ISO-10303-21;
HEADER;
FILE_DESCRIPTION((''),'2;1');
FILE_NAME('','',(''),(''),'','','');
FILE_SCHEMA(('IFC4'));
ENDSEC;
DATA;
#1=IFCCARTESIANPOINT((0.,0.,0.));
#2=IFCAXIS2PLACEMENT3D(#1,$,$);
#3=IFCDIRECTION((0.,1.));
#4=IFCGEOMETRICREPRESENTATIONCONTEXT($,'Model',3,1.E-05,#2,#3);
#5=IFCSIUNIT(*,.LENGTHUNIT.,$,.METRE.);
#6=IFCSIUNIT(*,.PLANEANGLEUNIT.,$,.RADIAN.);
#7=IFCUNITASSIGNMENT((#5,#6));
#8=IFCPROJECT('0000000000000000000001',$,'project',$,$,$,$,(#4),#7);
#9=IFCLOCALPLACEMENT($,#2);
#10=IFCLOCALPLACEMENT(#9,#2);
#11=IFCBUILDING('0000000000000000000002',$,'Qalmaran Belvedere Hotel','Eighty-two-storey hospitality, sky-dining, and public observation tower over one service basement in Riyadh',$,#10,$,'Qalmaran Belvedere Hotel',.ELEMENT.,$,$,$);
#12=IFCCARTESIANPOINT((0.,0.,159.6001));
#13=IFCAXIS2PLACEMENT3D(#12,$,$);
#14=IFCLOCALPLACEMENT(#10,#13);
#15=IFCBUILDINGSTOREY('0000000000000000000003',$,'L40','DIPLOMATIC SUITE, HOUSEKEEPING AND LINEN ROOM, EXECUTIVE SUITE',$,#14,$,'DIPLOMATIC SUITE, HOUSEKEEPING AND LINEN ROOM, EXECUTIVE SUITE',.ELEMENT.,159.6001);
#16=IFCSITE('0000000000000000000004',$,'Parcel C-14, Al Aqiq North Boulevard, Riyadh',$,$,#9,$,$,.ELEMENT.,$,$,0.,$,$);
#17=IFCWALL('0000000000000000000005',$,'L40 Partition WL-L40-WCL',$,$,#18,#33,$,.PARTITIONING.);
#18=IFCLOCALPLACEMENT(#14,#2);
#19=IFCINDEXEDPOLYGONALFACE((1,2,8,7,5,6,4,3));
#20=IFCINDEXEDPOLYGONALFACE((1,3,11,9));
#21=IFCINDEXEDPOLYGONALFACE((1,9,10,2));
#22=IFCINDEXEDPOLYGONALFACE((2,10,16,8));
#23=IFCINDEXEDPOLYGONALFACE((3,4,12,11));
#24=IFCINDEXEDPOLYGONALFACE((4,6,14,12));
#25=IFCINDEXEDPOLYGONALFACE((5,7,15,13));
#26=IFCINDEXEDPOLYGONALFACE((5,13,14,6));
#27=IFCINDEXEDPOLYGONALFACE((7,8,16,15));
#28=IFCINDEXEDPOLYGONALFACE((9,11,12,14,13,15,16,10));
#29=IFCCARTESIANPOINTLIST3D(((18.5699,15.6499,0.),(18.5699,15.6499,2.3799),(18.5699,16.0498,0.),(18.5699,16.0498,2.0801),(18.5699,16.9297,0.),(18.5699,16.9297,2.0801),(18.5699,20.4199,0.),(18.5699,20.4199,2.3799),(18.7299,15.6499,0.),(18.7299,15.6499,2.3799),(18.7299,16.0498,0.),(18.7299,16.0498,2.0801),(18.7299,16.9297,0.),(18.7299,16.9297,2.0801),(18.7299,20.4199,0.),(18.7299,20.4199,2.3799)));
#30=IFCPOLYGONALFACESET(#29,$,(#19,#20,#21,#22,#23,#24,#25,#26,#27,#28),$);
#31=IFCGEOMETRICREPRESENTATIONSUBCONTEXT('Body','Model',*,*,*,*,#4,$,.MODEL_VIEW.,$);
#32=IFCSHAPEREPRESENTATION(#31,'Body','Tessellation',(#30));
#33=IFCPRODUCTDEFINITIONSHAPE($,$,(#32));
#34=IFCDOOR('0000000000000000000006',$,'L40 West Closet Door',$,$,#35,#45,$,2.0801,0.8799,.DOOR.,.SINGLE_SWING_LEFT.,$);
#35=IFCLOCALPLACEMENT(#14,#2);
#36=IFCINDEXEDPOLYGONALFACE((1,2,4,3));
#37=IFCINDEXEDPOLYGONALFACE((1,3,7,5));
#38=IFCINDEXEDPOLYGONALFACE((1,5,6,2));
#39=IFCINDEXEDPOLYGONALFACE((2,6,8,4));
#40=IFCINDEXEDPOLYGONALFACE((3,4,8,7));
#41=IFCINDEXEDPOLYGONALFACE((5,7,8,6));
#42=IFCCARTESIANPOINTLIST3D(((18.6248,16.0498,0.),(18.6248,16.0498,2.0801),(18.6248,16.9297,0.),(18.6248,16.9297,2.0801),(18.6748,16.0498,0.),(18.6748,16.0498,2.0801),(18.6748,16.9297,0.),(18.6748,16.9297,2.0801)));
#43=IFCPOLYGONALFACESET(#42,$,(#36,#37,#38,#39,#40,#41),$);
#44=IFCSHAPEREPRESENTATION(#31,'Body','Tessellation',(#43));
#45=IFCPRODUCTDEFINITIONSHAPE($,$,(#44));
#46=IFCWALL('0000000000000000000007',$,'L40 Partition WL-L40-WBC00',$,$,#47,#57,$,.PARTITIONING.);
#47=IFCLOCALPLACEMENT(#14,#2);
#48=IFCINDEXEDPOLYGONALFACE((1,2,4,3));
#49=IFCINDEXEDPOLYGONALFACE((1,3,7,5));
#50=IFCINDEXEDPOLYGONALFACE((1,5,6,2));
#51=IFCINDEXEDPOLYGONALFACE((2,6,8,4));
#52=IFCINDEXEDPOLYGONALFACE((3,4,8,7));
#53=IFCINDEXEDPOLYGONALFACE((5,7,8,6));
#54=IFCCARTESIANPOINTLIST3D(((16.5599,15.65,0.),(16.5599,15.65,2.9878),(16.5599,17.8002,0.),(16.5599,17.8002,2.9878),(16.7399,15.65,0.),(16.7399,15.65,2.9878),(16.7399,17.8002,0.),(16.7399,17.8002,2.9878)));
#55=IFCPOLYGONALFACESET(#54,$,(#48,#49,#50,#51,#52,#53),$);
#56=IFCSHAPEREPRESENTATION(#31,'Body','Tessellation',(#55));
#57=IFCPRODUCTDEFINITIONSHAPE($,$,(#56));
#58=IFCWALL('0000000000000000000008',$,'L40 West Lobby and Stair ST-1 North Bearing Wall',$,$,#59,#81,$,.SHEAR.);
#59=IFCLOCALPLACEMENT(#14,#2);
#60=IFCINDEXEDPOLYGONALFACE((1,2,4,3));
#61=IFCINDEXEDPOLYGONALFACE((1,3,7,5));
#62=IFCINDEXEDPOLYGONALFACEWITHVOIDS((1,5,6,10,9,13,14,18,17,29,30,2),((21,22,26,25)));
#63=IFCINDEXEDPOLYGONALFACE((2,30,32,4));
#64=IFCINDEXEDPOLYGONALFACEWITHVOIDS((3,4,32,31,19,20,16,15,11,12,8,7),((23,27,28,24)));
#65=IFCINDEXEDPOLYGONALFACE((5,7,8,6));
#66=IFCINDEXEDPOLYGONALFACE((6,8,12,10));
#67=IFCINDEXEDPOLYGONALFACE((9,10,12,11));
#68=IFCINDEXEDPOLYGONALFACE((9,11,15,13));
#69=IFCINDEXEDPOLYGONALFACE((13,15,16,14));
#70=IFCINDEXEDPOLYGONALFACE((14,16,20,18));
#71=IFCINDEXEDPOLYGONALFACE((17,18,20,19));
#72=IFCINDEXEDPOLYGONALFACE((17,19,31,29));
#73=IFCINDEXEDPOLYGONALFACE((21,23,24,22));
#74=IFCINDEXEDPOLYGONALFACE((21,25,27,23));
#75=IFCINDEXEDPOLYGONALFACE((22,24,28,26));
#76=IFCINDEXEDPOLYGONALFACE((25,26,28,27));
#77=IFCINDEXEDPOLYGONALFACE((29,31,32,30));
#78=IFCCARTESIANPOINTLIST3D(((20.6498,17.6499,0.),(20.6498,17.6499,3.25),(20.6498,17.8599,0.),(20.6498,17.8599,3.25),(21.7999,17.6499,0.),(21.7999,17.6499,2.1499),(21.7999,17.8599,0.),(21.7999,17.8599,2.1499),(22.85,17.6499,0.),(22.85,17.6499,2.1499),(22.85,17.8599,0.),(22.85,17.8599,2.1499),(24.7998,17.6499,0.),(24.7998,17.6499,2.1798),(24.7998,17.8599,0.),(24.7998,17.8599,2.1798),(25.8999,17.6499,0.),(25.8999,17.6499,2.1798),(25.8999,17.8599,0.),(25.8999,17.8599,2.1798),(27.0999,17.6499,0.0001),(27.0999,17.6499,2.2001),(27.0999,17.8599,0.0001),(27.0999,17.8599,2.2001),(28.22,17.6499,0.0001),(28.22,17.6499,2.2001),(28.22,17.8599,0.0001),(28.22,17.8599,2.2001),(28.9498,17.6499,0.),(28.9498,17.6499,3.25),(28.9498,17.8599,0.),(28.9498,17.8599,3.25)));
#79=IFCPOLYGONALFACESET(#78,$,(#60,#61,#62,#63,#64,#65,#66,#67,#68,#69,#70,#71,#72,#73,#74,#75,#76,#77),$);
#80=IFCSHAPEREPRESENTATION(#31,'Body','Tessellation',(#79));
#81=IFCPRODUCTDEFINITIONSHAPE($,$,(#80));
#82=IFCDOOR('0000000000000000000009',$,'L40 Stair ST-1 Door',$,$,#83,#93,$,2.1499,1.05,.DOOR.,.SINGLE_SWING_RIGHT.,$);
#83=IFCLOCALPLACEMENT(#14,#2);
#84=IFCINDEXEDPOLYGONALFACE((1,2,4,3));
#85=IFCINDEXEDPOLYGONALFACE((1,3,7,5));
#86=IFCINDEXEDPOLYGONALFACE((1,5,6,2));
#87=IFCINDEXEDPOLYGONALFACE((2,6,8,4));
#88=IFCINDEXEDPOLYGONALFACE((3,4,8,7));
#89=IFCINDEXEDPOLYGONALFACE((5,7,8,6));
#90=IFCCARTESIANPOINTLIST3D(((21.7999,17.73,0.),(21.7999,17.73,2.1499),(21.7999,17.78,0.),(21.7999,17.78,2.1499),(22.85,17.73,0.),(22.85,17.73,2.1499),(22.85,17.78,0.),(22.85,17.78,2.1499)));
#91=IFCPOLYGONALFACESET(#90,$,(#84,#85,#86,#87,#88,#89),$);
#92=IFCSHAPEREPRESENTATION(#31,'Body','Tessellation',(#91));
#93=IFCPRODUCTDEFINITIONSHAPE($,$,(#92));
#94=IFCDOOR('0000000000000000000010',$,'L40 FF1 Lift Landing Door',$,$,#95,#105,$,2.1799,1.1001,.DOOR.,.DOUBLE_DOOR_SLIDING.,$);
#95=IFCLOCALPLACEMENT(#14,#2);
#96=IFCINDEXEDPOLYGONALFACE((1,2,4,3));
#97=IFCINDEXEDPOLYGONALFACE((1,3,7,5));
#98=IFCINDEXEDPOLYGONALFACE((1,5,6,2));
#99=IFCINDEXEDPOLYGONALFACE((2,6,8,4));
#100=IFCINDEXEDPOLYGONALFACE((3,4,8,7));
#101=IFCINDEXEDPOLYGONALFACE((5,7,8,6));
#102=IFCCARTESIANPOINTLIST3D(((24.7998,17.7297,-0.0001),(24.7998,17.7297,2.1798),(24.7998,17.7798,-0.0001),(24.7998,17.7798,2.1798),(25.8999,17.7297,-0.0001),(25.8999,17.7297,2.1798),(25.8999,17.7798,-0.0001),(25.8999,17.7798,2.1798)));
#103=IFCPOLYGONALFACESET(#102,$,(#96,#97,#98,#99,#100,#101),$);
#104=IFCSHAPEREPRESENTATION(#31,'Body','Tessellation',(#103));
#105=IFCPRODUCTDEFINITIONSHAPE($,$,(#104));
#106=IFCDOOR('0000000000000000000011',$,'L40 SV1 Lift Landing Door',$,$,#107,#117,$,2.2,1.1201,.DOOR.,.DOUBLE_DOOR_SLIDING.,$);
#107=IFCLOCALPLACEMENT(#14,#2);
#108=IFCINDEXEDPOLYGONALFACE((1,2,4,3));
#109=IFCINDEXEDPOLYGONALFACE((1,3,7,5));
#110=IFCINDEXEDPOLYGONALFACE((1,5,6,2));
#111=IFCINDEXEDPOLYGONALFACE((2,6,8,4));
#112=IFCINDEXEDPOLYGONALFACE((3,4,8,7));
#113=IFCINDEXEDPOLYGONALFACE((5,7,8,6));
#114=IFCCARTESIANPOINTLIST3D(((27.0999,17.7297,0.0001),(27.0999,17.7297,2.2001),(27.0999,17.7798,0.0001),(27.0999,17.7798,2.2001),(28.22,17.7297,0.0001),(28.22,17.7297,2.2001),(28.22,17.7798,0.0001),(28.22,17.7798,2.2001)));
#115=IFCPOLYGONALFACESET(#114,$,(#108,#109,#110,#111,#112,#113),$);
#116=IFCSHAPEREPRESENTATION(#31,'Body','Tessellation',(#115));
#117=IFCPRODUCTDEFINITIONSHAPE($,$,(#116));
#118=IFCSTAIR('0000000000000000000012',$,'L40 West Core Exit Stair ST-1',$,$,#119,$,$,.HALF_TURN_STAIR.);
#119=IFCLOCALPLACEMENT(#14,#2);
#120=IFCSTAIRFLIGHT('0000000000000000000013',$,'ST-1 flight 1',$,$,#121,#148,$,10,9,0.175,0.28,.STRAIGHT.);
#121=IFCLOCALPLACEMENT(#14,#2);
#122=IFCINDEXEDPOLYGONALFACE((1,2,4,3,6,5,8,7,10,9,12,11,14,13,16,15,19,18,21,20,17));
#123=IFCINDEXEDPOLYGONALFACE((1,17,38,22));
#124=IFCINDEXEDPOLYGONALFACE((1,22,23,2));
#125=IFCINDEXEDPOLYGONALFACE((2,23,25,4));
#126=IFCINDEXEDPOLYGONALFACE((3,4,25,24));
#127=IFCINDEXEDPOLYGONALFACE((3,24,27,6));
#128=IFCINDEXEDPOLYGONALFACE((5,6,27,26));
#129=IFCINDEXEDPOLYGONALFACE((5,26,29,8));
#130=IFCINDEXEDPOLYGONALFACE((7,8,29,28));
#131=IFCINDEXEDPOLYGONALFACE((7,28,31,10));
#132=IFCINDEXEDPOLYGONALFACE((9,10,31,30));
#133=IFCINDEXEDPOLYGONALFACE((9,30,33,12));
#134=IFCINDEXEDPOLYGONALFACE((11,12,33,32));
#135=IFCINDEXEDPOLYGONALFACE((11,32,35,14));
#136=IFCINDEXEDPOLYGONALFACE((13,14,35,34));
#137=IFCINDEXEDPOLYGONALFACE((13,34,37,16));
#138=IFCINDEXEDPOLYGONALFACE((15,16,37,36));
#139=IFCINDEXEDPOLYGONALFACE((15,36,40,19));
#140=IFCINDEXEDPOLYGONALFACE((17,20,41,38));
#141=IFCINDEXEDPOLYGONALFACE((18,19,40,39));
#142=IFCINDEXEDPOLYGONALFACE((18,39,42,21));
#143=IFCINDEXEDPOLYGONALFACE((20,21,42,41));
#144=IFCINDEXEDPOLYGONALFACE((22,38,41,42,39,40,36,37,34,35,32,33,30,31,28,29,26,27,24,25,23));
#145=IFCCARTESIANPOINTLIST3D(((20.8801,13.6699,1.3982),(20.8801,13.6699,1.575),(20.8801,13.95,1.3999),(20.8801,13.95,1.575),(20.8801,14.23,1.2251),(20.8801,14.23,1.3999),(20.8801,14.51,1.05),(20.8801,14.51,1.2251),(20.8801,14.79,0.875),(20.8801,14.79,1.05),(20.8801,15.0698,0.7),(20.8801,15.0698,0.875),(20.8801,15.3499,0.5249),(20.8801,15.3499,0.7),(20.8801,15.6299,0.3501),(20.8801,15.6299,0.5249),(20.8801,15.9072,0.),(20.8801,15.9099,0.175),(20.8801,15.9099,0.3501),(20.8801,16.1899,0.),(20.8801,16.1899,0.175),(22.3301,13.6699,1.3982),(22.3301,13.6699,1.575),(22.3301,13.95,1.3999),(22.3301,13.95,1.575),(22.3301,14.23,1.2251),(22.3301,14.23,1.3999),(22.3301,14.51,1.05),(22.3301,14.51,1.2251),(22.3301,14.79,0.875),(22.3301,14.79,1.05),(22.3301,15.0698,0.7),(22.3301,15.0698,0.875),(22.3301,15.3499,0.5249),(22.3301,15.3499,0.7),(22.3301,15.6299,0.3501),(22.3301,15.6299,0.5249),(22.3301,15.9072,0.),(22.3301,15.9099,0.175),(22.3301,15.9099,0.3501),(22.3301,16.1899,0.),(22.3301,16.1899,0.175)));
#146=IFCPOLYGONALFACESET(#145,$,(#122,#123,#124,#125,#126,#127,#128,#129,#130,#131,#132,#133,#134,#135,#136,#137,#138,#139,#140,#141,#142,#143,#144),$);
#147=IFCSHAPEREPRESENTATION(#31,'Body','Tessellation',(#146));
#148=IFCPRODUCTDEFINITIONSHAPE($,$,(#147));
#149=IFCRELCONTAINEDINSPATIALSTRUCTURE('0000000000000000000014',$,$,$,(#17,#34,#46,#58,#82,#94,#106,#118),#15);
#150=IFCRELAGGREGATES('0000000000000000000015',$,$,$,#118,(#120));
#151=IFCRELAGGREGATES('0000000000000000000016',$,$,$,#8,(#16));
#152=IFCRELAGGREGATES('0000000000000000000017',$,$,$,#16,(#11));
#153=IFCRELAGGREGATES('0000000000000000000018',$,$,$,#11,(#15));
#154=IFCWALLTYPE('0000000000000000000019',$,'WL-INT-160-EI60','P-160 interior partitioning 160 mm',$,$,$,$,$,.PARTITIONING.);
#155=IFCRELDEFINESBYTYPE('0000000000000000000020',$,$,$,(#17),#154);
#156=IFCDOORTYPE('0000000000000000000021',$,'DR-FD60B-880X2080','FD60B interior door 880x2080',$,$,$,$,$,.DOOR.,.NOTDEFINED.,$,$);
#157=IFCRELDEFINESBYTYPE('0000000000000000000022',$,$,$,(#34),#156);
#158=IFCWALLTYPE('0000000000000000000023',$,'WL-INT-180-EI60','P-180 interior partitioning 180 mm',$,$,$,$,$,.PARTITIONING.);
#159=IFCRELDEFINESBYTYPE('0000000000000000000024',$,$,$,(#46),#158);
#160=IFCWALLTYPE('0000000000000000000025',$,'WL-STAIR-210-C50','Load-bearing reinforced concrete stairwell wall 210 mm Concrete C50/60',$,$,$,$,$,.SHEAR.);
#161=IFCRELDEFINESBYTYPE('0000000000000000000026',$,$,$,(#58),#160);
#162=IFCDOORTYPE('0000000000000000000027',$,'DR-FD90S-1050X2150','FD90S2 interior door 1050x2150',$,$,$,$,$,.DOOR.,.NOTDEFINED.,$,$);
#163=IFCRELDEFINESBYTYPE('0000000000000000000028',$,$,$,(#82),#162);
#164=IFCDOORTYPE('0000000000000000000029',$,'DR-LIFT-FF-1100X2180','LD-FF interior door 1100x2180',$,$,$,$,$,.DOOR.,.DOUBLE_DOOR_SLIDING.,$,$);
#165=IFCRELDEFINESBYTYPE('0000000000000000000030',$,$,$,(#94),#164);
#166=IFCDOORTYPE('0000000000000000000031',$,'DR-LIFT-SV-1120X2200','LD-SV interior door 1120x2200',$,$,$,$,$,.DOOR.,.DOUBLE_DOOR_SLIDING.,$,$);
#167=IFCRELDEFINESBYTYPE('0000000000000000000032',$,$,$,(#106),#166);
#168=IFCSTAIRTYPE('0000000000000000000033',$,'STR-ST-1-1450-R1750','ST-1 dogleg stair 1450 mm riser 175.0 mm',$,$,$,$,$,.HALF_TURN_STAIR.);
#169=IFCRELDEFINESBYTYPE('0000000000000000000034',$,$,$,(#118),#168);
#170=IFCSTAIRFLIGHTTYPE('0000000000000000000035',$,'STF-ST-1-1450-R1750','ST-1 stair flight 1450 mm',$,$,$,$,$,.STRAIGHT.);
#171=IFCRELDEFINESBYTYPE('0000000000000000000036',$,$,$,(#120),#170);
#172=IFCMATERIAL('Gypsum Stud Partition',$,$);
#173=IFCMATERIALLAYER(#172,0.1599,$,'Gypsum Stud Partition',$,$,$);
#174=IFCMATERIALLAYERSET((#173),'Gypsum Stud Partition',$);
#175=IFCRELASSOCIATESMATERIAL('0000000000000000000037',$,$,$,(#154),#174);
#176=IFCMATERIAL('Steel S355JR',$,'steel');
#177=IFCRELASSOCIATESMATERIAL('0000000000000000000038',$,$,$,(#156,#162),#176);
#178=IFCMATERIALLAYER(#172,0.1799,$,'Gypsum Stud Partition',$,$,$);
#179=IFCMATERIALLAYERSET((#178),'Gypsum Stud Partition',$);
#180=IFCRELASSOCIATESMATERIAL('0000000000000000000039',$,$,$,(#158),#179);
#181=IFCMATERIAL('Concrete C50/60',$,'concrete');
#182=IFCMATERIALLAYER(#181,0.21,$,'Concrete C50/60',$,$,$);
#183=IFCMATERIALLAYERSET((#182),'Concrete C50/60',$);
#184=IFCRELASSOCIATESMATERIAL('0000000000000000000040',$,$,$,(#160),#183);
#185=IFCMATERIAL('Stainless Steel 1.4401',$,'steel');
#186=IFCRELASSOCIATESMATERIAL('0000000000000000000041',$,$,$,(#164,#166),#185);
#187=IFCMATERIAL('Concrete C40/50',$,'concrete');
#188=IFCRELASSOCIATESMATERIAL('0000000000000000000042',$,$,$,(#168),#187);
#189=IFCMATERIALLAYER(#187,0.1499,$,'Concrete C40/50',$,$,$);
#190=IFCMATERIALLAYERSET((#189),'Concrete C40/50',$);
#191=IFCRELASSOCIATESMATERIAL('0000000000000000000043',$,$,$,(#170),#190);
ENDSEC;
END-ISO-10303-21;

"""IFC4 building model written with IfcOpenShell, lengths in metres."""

from ifc_helpers import new_model, si_unit, direction, frame, frame_2d, origin, place, context, subcontext, project, spatial, polyline, rectangle, outline, extrude, material, layer, layer_set, type_object, element, fill, aggregate, save


model = new_model("IFC4")

# Units and contexts
model_context = context("Model", 3, precision=1e-05, world=origin(), true_north=direction((0.0, 1.0)))
body_context = subcontext(model_context, "Body", "Model", "MODEL_VIEW")
ifc_project = project(units=[si_unit("LENGTHUNIT", "METRE"), si_unit("PLANEANGLEUNIT", "RADIAN")], contexts=[model_context])

# Site, building, storey
site_placement = place(None, origin())
site = spatial("IfcSite", under=ifc_project, at=site_placement, Name="Parcel C-14, Al Aqiq North Boulevard, Riyadh", CompositionType="ELEMENT", RefElevation=0.0)
building_placement = place(site_placement, origin())
building = spatial("IfcBuilding", under=site, at=building_placement, Name="Qalmaran Belvedere Hotel", Description="Eighty-two-storey hospitality, sky-dining, and public observation tower over one service basement in Riyadh", LongName="Qalmaran Belvedere Hotel", CompositionType="ELEMENT")
storey_placement = place(building_placement, frame((0.0, 0.0, 159.6001)))
storey = spatial("IfcBuildingStorey", under=building, at=storey_placement, Name="L40", Description="DIPLOMATIC SUITE, HOUSEKEEPING AND LINEN ROOM, EXECUTIVE SUITE", LongName="DIPLOMATIC SUITE, HOUSEKEEPING AND LINEN ROOM, EXECUTIVE SUITE", CompositionType="ELEMENT", Elevation=159.6001)

# Shared definitions
ifc_material_1 = material(Name="Gypsum Stud Partition")

# Wall, opening, door
ifc_layer_1 = layer(ifc_material_1, 0.1599, Name="Gypsum Stud Partition")
ifc_layer_set_1 = layer_set([ifc_layer_1], Name="Gypsum Stud Partition")
wall_type_1 = type_object("IfcWallType", Name="WL-INT-160-EI60", Description="P-160 interior partitioning 160 mm", PredefinedType="PARTITIONING", material=ifc_layer_set_1)
ifc_material_2 = material(Name="Steel S355JR", Category="steel")
door_type_1 = type_object("IfcDoorType", Name="DR-FD60B-880X2080", Description="FD60B interior door 880x2080", OperationType="NOTDEFINED", PredefinedType="DOOR", material=ifc_material_2)
wall_1_placement = place(storey_placement, frame((18.6499, 15.6499, 0.0), z_axis=(0.0, 0.0, 1.0), x_axis=(0.0, 1.0, 0.0)))
wall_1 = element("IfcWall", 1, at=wall_1_placement, inside=storey, type_object=wall_type_1, Name="L40 Partition WL-L40-WCL", PredefinedType="PARTITIONING", context=body_context, shape_type="SweptSolid", body=[
    extrude(rectangle(XDim=4.77, YDim=0.1599, at=frame_2d((2.385, 0.0))), origin(), (0.0, 0.0, 1.0), 2.3799),
])
opening_1_placement = place(wall_1_placement, frame((1.2798, 0.0, 0.0), z_axis=(0.0, 0.0, 1.0), x_axis=(-1.0, 0.0, 0.0)))
opening_1 = element("IfcOpeningElement", 2, at=opening_1_placement, cuts=wall_1, PredefinedType="OPENING", context=body_context, shape_type="SweptSolid", body=[
    extrude(rectangle(XDim=0.8799, YDim=2.0801, at=frame_2d((0.4399, 1.04))), frame((0.0, 0.0898, 0.0), z_axis=(0.0, -1.0, 0.0), x_axis=(1.0, 0.0, 0.0)), (0.0, 0.0, 1.0), 0.1799),
])
door_1_placement = place(opening_1_placement, origin())
door_1 = element("IfcDoor", 3, at=door_1_placement, inside=storey, type_object=door_type_1, Name="L40 West Closet Door", OperationType="SINGLE_SWING_LEFT", OverallHeight=2.0801, OverallWidth=0.8799, PredefinedType="DOOR", context=body_context, shape_type="SweptSolid", body=[
    extrude(rectangle(XDim=0.8799, YDim=2.0801, at=frame_2d((0.4399, 1.04))), frame((0.0, 0.0249, 0.0), z_axis=(0.0, -1.0, 0.0), x_axis=(1.0, 0.0, 0.0)), (0.0, 0.0, 1.0), 0.05),
])
fill(opening_1, door_1)

# Wall
ifc_layer_2 = layer(ifc_material_1, 0.1799, Name="Gypsum Stud Partition")
ifc_layer_set_2 = layer_set([ifc_layer_2], Name="Gypsum Stud Partition")
wall_type_2 = type_object("IfcWallType", Name="WL-INT-180-EI60", Description="P-180 interior partitioning 180 mm", PredefinedType="PARTITIONING", material=ifc_layer_set_2)
wall_2_placement = place(storey_placement, frame((16.6499, 15.6499, 0.0), z_axis=(0.0, 0.0, 1.0), x_axis=(0.0, 1.0, 0.0)))
element("IfcWall", 4, at=wall_2_placement, inside=storey, type_object=wall_type_2, Name="L40 Partition WL-L40-WBC00", PredefinedType="PARTITIONING", context=body_context, shape_type="SweptSolid", body=[
    extrude(rectangle(XDim=2.1501, YDim=0.1799, at=frame_2d((1.0752, 0.0))), origin(), (0.0, 0.0, 1.0), 2.9878),
])

# Wall, openings, doors
ifc_material_3 = material(Name="Concrete C50/60", Category="concrete")
ifc_layer_3 = layer(ifc_material_3, 0.21, Name="Concrete C50/60")
ifc_layer_set_3 = layer_set([ifc_layer_3], Name="Concrete C50/60")
wall_type_3 = type_object("IfcWallType", Name="WL-STAIR-210-C50", Description="Load-bearing reinforced concrete stairwell wall 210 mm Concrete C50/60", PredefinedType="SHEAR", material=ifc_layer_set_3)
wall_3_placement = place(storey_placement, frame((20.6499, 17.7549, 0.0), z_axis=(0.0, 0.0, 1.0), x_axis=(1.0, 0.0, 0.0)))
wall_3 = element("IfcWall", 5, at=wall_3_placement, inside=storey, type_object=wall_type_3, Name="L40 West Lobby and Stair ST-1 North Bearing Wall", PredefinedType="SHEAR", context=body_context, shape_type="SweptSolid", body=[
    extrude(rectangle(XDim=8.3, YDim=0.21, at=frame_2d((4.1499, 0.0))), origin(), (0.0, 0.0, 1.0), 3.25),
])
opening_2_placement = place(wall_3_placement, frame((2.2, 0.0, 0.0), z_axis=(0.0, 0.0, 1.0), x_axis=(-1.0, 0.0, 0.0)))
opening_2 = element("IfcOpeningElement", 6, at=opening_2_placement, cuts=wall_3, PredefinedType="OPENING", context=body_context, shape_type="SweptSolid", body=[
    extrude(rectangle(XDim=1.05, YDim=2.1499, at=frame_2d((0.5249, 1.075))), frame((0.0, 0.115, 0.0), z_axis=(0.0, -1.0, 0.0), x_axis=(1.0, 0.0, 0.0)), (0.0, 0.0, 1.0), 0.23),
])
opening_3_placement = place(wall_3_placement, frame((4.1499, 0.0, 0.0)))
opening_3 = element("IfcOpeningElement", 7, at=opening_3_placement, cuts=wall_3, PredefinedType="OPENING", context=body_context, shape_type="SweptSolid", body=[
    extrude(rectangle(XDim=1.1001, YDim=2.1799, at=frame_2d((0.55, 1.0898))), frame((0.0, 0.115, 0.0), z_axis=(0.0, -1.0, 0.0), x_axis=(1.0, 0.0, 0.0)), (0.0, 0.0, 1.0), 0.23),
])
opening_4_placement = place(wall_3_placement, frame((6.45, 0.0, 0.0)))
opening_4 = element("IfcOpeningElement", 8, at=opening_4_placement, cuts=wall_3, PredefinedType="OPENING", context=body_context, shape_type="SweptSolid", body=[
    extrude(rectangle(XDim=1.1201, YDim=2.2, at=frame_2d((0.5601, 1.1001))), frame((0.0, 0.115, 0.0), z_axis=(0.0, -1.0, 0.0), x_axis=(1.0, 0.0, 0.0)), (0.0, 0.0, 1.0), 0.23),
])
door_type_2 = type_object("IfcDoorType", Name="DR-FD90S-1050X2150", Description="FD90S2 interior door 1050x2150", OperationType="NOTDEFINED", PredefinedType="DOOR", material=ifc_material_2)
door_2_placement = place(opening_2_placement, origin())
door_2 = element("IfcDoor", 9, at=door_2_placement, inside=storey, type_object=door_type_2, Name="L40 Stair ST-1 Door", OperationType="SINGLE_SWING_RIGHT", OverallHeight=2.1499, OverallWidth=1.05, PredefinedType="DOOR", context=body_context, shape_type="SweptSolid", body=[
    extrude(rectangle(XDim=1.05, YDim=2.1499, at=frame_2d((0.5249, 1.075))), frame((0.0, 0.0249, 0.0), z_axis=(0.0, -1.0, 0.0), x_axis=(1.0, 0.0, 0.0)), (0.0, 0.0, 1.0), 0.05),
])
fill(opening_2, door_2)
ifc_material_4 = material(Name="Stainless Steel 1.4401", Category="steel")
door_type_3 = type_object("IfcDoorType", Name="DR-LIFT-FF-1100X2180", Description="LD-FF interior door 1100x2180", OperationType="DOUBLE_DOOR_SLIDING", PredefinedType="DOOR", material=ifc_material_4)
door_3_placement = place(opening_3_placement, origin())
door_3 = element("IfcDoor", 10, at=door_3_placement, inside=storey, type_object=door_type_3, Name="L40 FF1 Lift Landing Door", OperationType="DOUBLE_DOOR_SLIDING", OverallHeight=2.1799, OverallWidth=1.1001, PredefinedType="DOOR", context=body_context, shape_type="SweptSolid", body=[
    extrude(rectangle(XDim=1.1001, YDim=2.1799, at=frame_2d((0.55, 1.0898))), frame((0.0, 0.0249, 0.0), z_axis=(0.0, -1.0, 0.0), x_axis=(1.0, 0.0, 0.0)), (0.0, 0.0, 1.0), 0.05),
])
fill(opening_3, door_3)
door_type_4 = type_object("IfcDoorType", Name="DR-LIFT-SV-1120X2200", Description="LD-SV interior door 1120x2200", OperationType="DOUBLE_DOOR_SLIDING", PredefinedType="DOOR", material=ifc_material_4)
door_4_placement = place(opening_4_placement, origin())
door_4 = element("IfcDoor", 11, at=door_4_placement, inside=storey, type_object=door_type_4, Name="L40 SV1 Lift Landing Door", OperationType="DOUBLE_DOOR_SLIDING", OverallHeight=2.2, OverallWidth=1.1201, PredefinedType="DOOR", context=body_context, shape_type="SweptSolid", body=[
    extrude(rectangle(XDim=1.1201, YDim=2.2, at=frame_2d((0.5601, 1.1001))), frame((0.0, 0.0249, 0.0), z_axis=(0.0, -1.0, 0.0), x_axis=(1.0, 0.0, 0.0)), (0.0, 0.0, 1.0), 0.05),
])
fill(opening_4, door_4)

# Stair, stair flight
ifc_material_5 = material(Name="Concrete C40/50", Category="concrete")
stair_type = type_object("IfcStairType", Name="STR-ST-1-1450-R1750", Description="ST-1 dogleg stair 1450 mm riser 175.0 mm", PredefinedType="HALF_TURN_STAIR", material=ifc_material_5)
stair_placement = place(storey_placement, origin())
stair = element("IfcStair", 12, at=stair_placement, inside=storey, type_object=stair_type, Name="L40 West Core Exit Stair ST-1", PredefinedType="HALF_TURN_STAIR")
ifc_layer_4 = layer(ifc_material_5, 0.1499, Name="Concrete C40/50")
ifc_layer_set_4 = layer_set([ifc_layer_4], Name="Concrete C40/50")
stair_flight_type = type_object("IfcStairFlightType", Name="STF-ST-1-1450-R1750", Description="ST-1 stair flight 1450 mm", PredefinedType="STRAIGHT", material=ifc_layer_set_4)
stair_flight_1_placement = place(storey_placement, frame((21.605, 16.1899, 0.0), z_axis=(0.0, 0.0, 1.0), x_axis=(0.0, -1.0, 0.0)))
stair_flight_1 = element("IfcStairFlight", 13, at=stair_flight_1_placement, type_object=stair_flight_type, Name="ST-1 flight 1", NumberOfRisers=10, NumberOfTreads=9, PredefinedType="STRAIGHT", RiserHeight=0.175, TreadLength=0.28, context=body_context, shape_type="SweptSolid", body=[
    extrude(outline(polyline([(0.0, 0.0), (0.0, 0.175), (0.28, 0.175), (0.28, 0.3501), (0.5601, 0.3501), (0.5601, 0.5249), (0.8401, 0.5249), (0.8401, 0.7), (1.1201, 0.7), (1.1201, 0.875), (1.3999, 0.875), (1.3999, 1.05), (1.6799, 1.05), (1.6799, 1.2251), (1.96, 1.2251), (1.96, 1.3999), (2.24, 1.3999), (2.24, 1.575), (2.52, 1.575), (2.52, 1.75), (2.52, 1.3982), (0.2827, 0.0), (0.0, 0.0)])), frame((0.0, 0.7251, 0.0), z_axis=(0.0, -1.0, 0.0), x_axis=(1.0, 0.0, 0.0)), (0.0, 0.0, 1.0), 1.45),
])
aggregate(stair, [stair_flight_1])

save(model, "model.ifc")
